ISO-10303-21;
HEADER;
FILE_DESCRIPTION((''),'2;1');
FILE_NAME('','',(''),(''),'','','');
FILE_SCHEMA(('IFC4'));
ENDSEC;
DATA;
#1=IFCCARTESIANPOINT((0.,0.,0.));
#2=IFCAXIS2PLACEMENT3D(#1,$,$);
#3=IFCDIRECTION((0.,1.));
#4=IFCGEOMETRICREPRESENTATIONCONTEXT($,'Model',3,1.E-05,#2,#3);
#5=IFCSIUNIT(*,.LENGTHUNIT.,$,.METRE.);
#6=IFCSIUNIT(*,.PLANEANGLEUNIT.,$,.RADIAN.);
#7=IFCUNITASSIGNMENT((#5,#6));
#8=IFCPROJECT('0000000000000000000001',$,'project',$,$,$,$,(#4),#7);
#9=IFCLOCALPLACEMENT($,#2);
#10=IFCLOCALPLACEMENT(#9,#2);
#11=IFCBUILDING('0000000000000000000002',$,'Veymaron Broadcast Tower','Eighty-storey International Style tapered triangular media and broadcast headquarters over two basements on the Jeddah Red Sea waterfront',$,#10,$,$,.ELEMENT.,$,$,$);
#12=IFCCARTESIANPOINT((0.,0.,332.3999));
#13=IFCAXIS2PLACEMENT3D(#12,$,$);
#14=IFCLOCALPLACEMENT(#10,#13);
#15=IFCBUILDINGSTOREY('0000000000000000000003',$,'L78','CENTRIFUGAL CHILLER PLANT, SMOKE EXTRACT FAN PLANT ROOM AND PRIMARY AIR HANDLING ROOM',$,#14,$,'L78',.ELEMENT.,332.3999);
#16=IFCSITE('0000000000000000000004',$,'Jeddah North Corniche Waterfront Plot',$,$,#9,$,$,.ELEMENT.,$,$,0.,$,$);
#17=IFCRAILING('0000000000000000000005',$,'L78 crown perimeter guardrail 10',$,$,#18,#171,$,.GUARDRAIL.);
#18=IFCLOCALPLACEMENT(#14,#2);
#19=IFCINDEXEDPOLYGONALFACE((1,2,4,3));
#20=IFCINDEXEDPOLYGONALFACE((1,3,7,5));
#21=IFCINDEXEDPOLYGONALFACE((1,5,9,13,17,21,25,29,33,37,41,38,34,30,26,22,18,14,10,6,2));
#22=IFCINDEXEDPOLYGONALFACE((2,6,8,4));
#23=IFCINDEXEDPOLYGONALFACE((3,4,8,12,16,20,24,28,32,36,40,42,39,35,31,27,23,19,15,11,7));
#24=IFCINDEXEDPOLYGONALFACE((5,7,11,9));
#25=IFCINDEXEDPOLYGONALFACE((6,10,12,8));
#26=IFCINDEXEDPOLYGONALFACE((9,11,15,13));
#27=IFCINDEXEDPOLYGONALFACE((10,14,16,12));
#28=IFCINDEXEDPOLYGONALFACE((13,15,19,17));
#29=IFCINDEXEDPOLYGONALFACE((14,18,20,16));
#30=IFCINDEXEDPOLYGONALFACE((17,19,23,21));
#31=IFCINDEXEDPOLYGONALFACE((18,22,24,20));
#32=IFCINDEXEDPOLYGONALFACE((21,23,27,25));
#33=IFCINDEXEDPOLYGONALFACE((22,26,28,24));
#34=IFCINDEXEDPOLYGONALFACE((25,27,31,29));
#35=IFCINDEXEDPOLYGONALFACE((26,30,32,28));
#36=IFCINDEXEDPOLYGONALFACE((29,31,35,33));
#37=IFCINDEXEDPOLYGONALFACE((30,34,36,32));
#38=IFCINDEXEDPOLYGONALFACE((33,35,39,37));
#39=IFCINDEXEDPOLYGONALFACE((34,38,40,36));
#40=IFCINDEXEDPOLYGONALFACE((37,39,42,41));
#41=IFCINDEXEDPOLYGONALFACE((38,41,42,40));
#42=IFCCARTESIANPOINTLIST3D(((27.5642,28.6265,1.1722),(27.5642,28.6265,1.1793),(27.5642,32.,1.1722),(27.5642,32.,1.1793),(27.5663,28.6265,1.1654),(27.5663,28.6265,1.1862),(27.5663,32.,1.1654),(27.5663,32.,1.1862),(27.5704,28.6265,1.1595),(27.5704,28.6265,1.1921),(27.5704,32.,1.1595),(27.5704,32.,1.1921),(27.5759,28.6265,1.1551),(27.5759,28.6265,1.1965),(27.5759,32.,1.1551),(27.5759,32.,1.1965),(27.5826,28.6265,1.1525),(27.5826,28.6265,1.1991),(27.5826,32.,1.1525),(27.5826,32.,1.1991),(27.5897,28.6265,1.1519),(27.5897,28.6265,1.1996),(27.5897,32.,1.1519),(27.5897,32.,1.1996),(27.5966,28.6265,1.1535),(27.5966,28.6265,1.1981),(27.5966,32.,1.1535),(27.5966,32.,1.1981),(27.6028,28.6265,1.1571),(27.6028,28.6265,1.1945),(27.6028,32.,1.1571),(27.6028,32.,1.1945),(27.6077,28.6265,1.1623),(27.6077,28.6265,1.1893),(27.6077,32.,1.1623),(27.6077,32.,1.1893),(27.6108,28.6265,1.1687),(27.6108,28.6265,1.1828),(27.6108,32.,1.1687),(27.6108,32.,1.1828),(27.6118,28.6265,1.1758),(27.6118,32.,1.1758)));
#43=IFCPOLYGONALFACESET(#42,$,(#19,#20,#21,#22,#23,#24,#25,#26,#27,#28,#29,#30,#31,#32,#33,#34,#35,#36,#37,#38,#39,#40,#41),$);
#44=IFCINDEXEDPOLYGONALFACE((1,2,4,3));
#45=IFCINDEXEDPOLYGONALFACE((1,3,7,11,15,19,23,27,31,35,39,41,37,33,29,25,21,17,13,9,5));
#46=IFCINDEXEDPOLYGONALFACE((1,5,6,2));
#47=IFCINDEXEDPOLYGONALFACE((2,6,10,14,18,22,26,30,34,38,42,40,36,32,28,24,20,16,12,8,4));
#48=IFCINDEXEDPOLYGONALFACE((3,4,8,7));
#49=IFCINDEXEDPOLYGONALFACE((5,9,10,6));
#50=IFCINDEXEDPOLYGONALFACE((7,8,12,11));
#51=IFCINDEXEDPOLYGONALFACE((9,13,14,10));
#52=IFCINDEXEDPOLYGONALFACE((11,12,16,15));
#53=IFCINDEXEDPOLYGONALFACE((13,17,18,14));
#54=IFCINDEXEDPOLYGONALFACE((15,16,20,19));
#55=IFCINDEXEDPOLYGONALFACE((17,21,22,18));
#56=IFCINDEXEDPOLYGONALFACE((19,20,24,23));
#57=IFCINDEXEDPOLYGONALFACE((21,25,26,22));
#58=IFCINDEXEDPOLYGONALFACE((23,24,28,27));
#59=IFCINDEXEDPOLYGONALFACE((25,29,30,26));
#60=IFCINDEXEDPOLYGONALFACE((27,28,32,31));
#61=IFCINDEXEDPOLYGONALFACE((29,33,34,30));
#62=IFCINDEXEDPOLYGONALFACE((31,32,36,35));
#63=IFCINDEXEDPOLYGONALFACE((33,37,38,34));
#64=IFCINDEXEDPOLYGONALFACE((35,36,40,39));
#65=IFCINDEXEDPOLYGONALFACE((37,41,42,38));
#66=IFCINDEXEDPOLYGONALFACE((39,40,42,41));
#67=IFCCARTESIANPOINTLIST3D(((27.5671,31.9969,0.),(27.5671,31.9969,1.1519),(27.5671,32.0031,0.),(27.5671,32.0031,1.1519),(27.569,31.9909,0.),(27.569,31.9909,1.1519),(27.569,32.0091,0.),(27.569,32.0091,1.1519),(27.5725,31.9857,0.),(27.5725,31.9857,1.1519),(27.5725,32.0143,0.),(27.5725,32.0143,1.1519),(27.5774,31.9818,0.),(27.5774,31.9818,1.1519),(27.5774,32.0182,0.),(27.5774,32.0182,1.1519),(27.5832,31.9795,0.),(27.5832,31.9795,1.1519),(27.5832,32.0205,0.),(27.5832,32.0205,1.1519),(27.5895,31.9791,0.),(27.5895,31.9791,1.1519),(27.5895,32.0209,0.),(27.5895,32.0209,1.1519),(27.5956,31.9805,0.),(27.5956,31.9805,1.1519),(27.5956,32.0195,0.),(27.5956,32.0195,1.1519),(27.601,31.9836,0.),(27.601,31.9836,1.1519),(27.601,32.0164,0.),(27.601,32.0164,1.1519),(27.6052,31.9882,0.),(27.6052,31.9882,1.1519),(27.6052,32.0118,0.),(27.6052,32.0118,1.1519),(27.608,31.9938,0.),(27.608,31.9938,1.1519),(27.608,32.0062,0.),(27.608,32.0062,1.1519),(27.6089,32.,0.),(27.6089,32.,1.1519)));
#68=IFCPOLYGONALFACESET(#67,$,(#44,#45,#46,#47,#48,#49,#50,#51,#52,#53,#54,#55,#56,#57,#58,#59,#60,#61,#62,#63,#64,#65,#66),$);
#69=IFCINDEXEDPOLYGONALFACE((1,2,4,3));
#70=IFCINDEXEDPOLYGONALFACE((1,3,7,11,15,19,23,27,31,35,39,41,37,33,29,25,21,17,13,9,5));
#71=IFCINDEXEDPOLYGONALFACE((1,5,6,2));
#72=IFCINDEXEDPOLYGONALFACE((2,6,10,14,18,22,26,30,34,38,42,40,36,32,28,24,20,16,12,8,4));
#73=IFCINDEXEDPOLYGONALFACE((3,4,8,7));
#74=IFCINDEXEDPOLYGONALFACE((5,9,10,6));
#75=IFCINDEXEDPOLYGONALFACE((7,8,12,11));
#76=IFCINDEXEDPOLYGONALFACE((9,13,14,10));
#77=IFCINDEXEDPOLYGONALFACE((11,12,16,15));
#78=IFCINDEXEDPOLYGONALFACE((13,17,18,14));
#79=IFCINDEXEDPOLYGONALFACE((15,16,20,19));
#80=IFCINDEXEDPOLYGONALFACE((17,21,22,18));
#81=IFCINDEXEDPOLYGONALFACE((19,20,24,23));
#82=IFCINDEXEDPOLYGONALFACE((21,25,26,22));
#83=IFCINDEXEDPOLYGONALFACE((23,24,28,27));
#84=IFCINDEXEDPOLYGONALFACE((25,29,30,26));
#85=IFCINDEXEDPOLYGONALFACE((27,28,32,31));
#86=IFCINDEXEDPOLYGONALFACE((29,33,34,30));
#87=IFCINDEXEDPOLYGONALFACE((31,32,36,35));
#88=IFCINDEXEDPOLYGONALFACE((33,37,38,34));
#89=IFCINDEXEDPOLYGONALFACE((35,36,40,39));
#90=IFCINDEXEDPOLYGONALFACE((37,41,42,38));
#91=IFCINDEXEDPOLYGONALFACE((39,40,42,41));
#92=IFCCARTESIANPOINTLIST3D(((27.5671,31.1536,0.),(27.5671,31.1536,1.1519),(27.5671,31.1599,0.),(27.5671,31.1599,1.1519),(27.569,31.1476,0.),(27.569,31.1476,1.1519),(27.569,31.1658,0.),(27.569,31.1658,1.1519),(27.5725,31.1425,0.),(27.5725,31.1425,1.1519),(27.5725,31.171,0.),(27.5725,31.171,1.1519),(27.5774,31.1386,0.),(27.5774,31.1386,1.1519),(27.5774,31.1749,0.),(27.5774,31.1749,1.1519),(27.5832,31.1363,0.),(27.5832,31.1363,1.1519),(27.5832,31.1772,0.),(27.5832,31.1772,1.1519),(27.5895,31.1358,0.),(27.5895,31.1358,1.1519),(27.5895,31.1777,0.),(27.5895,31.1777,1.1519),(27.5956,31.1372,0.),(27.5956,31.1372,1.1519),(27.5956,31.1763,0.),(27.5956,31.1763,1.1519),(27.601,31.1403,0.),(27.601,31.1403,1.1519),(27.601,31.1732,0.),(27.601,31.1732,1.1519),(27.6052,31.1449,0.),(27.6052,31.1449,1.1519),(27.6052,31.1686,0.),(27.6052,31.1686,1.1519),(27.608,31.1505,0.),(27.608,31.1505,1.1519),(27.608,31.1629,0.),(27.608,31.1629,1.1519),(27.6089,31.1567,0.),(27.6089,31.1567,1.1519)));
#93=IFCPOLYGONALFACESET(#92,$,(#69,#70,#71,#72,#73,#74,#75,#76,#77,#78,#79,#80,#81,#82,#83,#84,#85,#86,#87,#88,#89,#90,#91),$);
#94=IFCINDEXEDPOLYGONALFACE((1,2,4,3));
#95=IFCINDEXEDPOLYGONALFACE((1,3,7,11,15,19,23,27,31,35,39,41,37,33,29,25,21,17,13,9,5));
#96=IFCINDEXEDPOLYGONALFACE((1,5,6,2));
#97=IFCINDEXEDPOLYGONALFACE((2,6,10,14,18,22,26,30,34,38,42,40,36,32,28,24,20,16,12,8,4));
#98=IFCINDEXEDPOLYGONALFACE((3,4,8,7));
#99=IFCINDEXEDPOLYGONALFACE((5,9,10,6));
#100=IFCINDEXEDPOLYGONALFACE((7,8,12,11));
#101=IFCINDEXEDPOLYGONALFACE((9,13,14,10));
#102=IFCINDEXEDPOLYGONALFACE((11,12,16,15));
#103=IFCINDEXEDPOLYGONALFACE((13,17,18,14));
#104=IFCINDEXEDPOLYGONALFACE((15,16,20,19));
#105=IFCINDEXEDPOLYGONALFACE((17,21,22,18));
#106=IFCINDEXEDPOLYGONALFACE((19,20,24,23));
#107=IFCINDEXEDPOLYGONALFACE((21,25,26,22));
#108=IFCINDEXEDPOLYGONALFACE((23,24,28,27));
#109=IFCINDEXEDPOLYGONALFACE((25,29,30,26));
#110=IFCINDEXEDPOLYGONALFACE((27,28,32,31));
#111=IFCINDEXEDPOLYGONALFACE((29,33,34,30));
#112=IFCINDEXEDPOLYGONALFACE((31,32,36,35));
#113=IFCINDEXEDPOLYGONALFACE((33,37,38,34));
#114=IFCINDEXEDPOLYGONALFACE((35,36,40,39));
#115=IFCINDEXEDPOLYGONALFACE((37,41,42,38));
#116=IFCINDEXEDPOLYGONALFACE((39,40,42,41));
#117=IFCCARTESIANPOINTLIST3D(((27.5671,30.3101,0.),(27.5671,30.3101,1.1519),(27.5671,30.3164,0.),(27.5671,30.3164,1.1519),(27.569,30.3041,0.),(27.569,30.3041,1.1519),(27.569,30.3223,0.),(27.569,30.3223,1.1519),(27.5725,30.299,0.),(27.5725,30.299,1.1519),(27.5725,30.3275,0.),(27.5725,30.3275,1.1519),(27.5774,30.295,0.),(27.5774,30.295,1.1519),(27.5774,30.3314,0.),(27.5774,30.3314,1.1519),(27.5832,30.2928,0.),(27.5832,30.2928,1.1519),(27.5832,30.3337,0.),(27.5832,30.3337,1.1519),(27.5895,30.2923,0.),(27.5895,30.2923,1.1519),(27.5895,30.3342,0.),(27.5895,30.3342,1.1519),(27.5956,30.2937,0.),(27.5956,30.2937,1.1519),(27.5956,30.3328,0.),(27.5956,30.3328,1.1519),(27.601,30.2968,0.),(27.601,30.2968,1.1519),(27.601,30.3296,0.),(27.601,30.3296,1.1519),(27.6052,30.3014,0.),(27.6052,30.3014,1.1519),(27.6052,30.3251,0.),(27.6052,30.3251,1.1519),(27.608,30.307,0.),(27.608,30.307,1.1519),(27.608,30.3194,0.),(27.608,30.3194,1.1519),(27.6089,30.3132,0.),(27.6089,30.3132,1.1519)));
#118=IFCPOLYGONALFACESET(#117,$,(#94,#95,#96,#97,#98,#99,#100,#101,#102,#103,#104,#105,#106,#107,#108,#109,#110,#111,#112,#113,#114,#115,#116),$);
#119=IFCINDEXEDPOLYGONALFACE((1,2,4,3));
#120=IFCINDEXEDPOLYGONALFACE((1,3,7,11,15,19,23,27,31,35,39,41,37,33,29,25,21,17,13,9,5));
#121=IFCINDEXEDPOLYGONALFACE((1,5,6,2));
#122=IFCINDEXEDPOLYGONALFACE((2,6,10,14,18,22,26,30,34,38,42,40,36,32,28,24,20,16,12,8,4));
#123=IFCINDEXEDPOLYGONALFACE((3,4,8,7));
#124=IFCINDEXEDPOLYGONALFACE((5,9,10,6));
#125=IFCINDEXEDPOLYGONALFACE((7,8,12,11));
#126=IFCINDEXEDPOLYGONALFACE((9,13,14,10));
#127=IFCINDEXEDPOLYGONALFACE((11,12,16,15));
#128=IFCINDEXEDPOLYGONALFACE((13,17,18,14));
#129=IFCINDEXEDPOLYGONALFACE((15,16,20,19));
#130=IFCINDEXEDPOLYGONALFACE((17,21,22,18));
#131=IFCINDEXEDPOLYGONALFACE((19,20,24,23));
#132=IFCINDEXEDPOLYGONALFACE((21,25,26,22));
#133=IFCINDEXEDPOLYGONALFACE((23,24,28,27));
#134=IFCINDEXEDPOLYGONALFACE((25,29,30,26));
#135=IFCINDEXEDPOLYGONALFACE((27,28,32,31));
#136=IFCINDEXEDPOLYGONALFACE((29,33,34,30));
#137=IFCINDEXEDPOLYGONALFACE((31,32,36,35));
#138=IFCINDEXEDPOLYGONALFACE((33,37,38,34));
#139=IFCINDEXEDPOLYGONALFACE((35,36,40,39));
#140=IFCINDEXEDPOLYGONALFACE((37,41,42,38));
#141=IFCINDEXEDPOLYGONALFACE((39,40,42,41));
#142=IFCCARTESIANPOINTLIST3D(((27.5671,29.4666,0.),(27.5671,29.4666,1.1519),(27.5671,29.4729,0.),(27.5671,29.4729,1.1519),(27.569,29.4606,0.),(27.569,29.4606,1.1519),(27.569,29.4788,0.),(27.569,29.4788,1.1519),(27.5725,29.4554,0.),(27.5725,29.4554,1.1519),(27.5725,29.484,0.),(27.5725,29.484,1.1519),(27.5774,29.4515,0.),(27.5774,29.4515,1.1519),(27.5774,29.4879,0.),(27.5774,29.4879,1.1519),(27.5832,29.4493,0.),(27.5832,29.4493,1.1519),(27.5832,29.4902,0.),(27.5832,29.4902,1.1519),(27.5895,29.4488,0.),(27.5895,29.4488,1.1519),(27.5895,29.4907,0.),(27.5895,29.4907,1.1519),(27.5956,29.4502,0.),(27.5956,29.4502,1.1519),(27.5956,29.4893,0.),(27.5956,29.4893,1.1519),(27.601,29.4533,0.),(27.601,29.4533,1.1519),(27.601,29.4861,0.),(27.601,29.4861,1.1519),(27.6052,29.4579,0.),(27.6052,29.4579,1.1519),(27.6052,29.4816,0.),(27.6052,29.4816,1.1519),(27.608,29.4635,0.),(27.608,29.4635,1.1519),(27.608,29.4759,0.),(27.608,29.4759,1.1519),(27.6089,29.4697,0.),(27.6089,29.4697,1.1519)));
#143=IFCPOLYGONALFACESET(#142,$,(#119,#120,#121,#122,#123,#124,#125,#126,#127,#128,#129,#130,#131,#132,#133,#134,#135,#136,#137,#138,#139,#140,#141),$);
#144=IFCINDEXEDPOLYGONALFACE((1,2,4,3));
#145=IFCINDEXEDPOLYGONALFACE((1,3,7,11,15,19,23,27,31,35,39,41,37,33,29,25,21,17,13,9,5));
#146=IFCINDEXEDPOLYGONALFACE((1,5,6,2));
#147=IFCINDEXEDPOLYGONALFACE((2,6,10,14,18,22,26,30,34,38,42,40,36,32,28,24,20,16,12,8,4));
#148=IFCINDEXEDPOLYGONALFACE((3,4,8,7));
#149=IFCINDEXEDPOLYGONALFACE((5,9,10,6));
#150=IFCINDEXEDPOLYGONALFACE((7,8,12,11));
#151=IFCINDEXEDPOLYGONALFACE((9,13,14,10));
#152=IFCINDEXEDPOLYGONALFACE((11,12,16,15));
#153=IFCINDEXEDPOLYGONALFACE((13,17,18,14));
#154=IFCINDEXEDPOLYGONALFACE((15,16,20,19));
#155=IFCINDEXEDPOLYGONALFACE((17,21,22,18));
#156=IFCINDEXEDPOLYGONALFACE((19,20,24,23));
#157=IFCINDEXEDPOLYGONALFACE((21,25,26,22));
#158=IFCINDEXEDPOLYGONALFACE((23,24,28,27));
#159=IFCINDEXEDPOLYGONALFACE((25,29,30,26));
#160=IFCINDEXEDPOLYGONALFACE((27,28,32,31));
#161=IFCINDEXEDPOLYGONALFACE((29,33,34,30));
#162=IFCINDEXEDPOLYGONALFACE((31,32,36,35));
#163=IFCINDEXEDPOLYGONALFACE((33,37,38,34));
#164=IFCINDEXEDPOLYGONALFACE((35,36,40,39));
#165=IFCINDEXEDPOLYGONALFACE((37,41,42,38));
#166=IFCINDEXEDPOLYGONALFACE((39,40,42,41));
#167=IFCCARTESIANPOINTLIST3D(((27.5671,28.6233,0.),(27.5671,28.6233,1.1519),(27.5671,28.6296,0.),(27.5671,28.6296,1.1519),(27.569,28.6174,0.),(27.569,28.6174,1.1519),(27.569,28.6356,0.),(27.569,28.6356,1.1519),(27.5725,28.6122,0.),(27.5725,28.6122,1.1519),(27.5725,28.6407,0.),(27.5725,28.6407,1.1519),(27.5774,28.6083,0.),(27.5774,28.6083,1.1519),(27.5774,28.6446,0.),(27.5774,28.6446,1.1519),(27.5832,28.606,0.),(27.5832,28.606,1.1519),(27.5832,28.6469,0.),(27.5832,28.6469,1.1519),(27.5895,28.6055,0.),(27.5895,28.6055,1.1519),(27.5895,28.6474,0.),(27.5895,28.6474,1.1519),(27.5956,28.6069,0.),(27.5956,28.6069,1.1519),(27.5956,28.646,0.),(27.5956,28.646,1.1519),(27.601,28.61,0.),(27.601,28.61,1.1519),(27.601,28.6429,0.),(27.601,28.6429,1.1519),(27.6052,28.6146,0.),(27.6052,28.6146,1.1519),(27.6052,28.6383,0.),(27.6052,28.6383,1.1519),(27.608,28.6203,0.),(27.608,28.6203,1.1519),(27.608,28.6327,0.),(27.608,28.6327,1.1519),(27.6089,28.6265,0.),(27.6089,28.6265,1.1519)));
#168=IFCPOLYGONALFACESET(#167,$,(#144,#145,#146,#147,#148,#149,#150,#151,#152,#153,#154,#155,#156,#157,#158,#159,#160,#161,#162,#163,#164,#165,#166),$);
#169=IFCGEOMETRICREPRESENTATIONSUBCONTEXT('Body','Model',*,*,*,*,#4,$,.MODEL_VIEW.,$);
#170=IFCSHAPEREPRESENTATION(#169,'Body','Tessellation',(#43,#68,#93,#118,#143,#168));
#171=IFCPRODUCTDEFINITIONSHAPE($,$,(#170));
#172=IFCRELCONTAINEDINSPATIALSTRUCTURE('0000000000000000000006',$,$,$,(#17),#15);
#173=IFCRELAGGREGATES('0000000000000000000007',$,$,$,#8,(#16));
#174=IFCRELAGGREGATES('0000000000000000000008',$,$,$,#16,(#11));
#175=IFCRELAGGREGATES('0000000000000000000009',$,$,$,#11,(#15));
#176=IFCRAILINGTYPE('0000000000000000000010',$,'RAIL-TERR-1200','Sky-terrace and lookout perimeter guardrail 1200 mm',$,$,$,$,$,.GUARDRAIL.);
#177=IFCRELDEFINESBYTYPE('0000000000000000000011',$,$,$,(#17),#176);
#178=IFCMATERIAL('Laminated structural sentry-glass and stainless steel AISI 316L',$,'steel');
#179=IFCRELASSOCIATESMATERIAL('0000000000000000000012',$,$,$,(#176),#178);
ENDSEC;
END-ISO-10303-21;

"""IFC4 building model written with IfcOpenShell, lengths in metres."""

from ifc_helpers import new_model, si_unit, direction, frame, origin, origin_2d, place, context, subcontext, project, spatial, circle, extrude, material, type_object, element, save


model = new_model("IFC4")

# Units and contexts
model_context = context("Model", 3, precision=1e-05, world=origin(), true_north=direction((0.0, 1.0)))
body_context = subcontext(model_context, "Body", "Model", "MODEL_VIEW")
ifc_project = project(units=[si_unit("LENGTHUNIT", "METRE"), si_unit("PLANEANGLEUNIT", "RADIAN")], contexts=[model_context])

# Site, building, storey
site_placement = place(None, origin())
site = spatial("IfcSite", under=ifc_project, at=site_placement, Name="Jeddah North Corniche Waterfront Plot", CompositionType="ELEMENT", RefElevation=0.0)
building_placement = place(site_placement, origin())
building = spatial("IfcBuilding", under=site, at=building_placement, Name="Veymaron Broadcast Tower", Description="Eighty-storey International Style tapered triangular media and broadcast headquarters over two basements on the Jeddah Red Sea waterfront", CompositionType="ELEMENT")
storey_placement = place(building_placement, frame((0.0, 0.0, 332.3999)))
storey = spatial("IfcBuildingStorey", under=building, at=storey_placement, Name="L78", Description="CENTRIFUGAL CHILLER PLANT, SMOKE EXTRACT FAN PLANT ROOM AND PRIMARY AIR HANDLING ROOM", LongName="L78", CompositionType="ELEMENT", Elevation=332.3999)

# Railing
ifc_material_1 = material(Name="Laminated structural sentry-glass and stainless steel AISI 316L", Category="steel")
railing_type = type_object("IfcRailingType", Name="RAIL-TERR-1200", Description="Sky-terrace and lookout perimeter guardrail 1200 mm", PredefinedType="GUARDRAIL", material=ifc_material_1)
railing_1_placement = place(storey_placement, frame((27.5879, 32.0, 0.0)))
element("IfcRailing", 1, at=railing_1_placement, inside=storey, type_object=railing_type, Name="L78 crown perimeter guardrail 10", PredefinedType="GUARDRAIL", context=body_context, shape_type="SweptSolid", body=[
    extrude(circle(Radius=0.0239, at=origin_2d()), frame((0.0, 0.0, 1.1758), z_axis=(0.0, -1.0, 0.0), x_axis=(1.0, 0.0, 0.0)), (0.0, 0.0, 1.0), 3.3735),
    extrude(circle(Radius=0.021, at=origin_2d()), origin(), (0.0, 0.0, 1.0), 1.1519),
    extrude(circle(Radius=0.021, at=origin_2d()), frame((0.0, -0.8433, 0.0)), (0.0, 0.0, 1.0), 1.1519),
    extrude(circle(Radius=0.021, at=origin_2d()), frame((0.0, -1.6868, 0.0)), (0.0, 0.0, 1.0), 1.1519),
    extrude(circle(Radius=0.021, at=origin_2d()), frame((0.0, -2.5303, 0.0)), (0.0, 0.0, 1.0), 1.1519),
    extrude(circle(Radius=0.021, at=origin_2d()), frame((0.0, -3.3735, 0.0)), (0.0, 0.0, 1.0), 1.1519),
])

save(model, "model.ifc")
